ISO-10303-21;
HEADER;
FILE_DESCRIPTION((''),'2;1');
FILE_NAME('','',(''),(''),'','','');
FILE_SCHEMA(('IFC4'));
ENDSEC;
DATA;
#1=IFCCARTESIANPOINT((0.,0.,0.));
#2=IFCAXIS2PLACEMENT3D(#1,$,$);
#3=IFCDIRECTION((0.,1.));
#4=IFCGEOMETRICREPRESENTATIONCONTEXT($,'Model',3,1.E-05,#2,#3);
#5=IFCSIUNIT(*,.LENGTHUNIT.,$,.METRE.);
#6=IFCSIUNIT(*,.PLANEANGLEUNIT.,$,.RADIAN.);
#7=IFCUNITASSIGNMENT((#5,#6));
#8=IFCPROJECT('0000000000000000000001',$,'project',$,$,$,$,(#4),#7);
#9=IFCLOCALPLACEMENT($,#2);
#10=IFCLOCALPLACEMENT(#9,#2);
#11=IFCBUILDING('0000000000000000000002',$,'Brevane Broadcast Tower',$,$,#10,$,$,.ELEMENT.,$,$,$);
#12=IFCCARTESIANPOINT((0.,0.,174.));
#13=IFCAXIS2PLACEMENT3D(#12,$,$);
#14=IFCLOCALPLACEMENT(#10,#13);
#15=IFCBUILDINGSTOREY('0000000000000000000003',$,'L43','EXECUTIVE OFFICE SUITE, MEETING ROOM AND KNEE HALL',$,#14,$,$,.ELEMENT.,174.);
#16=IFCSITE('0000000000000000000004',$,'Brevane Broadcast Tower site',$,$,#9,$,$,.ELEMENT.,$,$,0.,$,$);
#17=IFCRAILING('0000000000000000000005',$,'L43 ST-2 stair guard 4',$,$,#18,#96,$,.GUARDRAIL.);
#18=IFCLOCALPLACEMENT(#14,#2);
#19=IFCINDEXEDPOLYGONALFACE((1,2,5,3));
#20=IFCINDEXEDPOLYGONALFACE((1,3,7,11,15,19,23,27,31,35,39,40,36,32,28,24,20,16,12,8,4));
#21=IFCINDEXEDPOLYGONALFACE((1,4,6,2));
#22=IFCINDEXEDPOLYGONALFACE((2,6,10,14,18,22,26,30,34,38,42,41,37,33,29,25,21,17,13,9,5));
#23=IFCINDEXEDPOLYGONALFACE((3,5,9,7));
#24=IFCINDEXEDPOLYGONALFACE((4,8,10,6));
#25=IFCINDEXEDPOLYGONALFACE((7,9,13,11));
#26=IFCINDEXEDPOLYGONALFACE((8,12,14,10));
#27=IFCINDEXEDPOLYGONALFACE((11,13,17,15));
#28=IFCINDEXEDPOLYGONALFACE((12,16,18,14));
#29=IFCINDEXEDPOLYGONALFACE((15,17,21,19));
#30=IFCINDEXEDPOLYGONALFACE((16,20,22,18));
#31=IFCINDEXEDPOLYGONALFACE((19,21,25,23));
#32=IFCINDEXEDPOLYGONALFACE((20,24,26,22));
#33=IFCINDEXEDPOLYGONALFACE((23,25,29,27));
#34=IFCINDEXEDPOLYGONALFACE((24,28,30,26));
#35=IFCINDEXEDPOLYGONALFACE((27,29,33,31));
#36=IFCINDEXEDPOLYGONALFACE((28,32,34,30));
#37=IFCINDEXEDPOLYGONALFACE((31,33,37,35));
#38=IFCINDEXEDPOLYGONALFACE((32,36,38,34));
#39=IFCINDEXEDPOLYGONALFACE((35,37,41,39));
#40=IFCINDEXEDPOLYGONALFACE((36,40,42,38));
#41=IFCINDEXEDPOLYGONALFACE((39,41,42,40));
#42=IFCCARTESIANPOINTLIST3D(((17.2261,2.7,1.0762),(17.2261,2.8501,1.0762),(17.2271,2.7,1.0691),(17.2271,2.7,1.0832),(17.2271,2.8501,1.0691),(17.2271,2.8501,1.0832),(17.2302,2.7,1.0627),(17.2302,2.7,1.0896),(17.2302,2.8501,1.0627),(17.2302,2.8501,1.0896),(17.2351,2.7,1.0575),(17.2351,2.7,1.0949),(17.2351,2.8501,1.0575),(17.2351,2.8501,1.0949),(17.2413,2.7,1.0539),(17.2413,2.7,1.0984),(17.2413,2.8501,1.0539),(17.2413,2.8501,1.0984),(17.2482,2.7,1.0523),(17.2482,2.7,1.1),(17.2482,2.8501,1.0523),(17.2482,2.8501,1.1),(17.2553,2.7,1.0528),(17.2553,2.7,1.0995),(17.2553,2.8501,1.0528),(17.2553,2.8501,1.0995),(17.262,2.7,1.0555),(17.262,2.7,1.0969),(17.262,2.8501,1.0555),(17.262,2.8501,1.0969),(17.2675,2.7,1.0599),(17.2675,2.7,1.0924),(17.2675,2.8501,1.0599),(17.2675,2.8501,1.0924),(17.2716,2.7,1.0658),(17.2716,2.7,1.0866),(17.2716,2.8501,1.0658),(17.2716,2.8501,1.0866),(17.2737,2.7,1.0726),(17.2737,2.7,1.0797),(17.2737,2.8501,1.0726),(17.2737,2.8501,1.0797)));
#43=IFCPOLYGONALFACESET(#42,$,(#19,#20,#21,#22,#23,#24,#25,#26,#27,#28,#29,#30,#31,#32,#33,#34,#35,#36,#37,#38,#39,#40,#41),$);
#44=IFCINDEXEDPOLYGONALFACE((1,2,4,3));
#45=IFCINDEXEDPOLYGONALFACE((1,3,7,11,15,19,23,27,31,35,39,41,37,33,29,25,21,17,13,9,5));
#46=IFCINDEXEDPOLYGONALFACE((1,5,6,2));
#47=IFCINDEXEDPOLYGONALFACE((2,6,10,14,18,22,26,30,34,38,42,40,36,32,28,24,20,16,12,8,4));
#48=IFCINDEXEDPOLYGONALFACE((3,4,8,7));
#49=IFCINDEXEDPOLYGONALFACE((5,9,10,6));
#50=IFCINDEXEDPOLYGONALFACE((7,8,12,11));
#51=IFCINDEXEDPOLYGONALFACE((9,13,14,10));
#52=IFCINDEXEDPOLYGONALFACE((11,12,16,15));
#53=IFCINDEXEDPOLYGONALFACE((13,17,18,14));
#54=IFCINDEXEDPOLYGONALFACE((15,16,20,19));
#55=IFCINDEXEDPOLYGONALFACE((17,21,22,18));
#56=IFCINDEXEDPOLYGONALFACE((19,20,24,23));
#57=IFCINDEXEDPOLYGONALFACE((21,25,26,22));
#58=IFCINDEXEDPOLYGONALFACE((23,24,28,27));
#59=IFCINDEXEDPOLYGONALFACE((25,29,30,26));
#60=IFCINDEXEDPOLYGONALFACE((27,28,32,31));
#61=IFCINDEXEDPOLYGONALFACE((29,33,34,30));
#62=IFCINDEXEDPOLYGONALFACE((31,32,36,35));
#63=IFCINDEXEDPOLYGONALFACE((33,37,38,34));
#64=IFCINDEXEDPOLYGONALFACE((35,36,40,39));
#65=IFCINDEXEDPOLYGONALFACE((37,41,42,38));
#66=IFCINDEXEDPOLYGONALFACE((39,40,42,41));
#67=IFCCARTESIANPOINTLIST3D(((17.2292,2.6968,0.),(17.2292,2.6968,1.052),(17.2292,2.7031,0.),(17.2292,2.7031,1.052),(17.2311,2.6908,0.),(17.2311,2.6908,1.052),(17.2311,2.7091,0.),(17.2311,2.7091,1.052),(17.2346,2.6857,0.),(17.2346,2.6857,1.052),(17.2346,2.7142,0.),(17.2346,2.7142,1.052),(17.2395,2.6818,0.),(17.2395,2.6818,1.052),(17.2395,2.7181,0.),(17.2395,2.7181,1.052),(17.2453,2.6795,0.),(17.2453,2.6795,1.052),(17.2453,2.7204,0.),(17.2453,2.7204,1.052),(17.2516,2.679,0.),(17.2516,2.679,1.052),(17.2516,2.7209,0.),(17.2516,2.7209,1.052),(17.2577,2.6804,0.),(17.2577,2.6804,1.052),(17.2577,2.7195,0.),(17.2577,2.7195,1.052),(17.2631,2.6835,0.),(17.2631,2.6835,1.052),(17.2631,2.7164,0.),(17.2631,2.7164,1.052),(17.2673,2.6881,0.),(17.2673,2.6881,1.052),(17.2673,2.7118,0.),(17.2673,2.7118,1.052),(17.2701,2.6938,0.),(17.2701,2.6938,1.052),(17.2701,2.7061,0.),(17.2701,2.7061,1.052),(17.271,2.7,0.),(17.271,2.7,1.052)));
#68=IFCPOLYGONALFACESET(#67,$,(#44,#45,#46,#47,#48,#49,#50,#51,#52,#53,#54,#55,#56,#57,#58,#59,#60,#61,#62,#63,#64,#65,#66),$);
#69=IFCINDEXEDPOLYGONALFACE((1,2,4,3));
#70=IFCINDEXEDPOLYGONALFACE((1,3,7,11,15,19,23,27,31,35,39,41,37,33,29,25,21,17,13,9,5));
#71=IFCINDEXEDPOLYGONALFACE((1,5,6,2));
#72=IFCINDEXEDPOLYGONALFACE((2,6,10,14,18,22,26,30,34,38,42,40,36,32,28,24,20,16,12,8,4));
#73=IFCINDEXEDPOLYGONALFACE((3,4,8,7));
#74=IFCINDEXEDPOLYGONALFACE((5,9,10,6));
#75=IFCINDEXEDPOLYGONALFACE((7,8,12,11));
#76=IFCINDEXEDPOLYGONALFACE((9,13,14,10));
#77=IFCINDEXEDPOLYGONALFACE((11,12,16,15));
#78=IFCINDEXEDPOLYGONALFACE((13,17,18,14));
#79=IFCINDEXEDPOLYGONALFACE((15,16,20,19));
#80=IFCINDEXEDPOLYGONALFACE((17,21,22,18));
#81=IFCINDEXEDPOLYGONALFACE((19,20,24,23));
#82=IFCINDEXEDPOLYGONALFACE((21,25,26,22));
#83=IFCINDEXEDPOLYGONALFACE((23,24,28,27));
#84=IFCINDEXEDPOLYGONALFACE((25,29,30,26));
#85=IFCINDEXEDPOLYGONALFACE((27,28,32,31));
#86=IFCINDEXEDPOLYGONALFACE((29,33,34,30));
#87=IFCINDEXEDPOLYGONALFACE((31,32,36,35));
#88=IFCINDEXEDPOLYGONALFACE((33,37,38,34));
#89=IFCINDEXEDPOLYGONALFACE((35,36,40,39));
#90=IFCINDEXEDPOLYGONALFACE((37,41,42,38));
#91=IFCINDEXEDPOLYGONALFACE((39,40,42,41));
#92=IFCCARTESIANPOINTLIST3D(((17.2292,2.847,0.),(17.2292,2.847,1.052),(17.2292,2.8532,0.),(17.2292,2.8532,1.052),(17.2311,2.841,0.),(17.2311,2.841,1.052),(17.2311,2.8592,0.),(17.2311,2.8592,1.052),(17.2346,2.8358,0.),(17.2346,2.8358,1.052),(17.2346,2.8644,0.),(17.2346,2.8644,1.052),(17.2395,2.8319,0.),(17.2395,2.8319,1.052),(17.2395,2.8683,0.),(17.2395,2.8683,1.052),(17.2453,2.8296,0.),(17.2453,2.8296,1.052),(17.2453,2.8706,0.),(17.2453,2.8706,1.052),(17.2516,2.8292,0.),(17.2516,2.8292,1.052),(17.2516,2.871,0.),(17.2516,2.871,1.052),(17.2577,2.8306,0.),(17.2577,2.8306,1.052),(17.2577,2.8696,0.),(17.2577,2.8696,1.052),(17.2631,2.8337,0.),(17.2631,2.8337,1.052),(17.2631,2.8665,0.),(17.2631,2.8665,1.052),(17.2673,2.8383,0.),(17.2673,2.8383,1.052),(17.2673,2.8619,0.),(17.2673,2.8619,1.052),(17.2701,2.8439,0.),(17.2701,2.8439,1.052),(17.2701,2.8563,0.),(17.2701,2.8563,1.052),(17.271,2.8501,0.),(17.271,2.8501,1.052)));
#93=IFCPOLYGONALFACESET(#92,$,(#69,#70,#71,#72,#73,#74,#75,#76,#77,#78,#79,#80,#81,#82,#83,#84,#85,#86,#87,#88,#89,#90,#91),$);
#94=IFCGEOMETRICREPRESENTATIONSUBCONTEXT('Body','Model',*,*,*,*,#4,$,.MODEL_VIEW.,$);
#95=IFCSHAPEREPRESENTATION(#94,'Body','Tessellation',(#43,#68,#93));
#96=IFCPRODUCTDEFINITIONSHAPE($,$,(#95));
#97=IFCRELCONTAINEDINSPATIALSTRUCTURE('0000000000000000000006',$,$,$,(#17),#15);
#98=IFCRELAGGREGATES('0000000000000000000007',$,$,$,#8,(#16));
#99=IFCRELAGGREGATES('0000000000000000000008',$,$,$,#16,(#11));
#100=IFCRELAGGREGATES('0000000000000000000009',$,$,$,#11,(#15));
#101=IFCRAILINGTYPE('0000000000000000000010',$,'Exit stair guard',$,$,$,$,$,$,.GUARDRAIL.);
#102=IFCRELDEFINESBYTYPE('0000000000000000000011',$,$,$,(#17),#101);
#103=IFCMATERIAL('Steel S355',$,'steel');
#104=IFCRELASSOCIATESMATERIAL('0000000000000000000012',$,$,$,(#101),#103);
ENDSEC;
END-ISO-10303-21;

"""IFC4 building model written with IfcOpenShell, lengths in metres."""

from ifc_helpers import new_model, si_unit, direction, frame, origin, origin_2d, place, context, subcontext, project, spatial, circle, extrude, material, type_object, element, save


model = new_model("IFC4")

# Units and contexts
model_context = context("Model", 3, precision=1e-05, world=origin(), true_north=direction((0.0, 1.0)))
body_context = subcontext(model_context, "Body", "Model", "MODEL_VIEW")
ifc_project = project(units=[si_unit("LENGTHUNIT", "METRE"), si_unit("PLANEANGLEUNIT", "RADIAN")], contexts=[model_context])

# Site, building, storey
site_placement = place(None, origin())
site = spatial("IfcSite", under=ifc_project, at=site_placement, Name="Brevane Broadcast Tower site", CompositionType="ELEMENT", RefElevation=0.0)
building_placement = place(site_placement, origin())
building = spatial("IfcBuilding", under=site, at=building_placement, Name="Brevane Broadcast Tower", CompositionType="ELEMENT")
storey_placement = place(building_placement, frame((0.0, 0.0, 174.0)))
storey = spatial("IfcBuildingStorey", under=building, at=storey_placement, Name="L43", Description="EXECUTIVE OFFICE SUITE, MEETING ROOM AND KNEE HALL", CompositionType="ELEMENT", Elevation=174.0)

# Railing
ifc_material_1 = material(Name="Steel S355", Category="steel")
railing_type_1 = type_object("IfcRailingType", Name="Exit stair guard", PredefinedType="GUARDRAIL", material=ifc_material_1)
railing_1_placement = place(storey_placement, frame((17.25, 2.7, 0.0)))
element("IfcRailing", 1, at=railing_1_placement, inside=storey, type_object=railing_type_1, Name="L43 ST-2 stair guard 4", PredefinedType="GUARDRAIL", context=body_context, shape_type="SweptSolid", body=[
    extrude(circle(Radius=0.0239, at=origin_2d()), frame((0.0, 0.0, 1.0762), z_axis=(0.0, 1.0, 0.0), x_axis=(-1.0, 0.0, 0.0)), (0.0, 0.0, 1.0), 0.1501),
    extrude(circle(Radius=0.021, at=origin_2d()), origin(), (0.0, 0.0, 1.0), 1.052),
    extrude(circle(Radius=0.021, at=origin_2d()), frame((0.0, 0.1501, 0.0)), (0.0, 0.0, 1.0), 1.052),
])

save(model, "model.ifc")
